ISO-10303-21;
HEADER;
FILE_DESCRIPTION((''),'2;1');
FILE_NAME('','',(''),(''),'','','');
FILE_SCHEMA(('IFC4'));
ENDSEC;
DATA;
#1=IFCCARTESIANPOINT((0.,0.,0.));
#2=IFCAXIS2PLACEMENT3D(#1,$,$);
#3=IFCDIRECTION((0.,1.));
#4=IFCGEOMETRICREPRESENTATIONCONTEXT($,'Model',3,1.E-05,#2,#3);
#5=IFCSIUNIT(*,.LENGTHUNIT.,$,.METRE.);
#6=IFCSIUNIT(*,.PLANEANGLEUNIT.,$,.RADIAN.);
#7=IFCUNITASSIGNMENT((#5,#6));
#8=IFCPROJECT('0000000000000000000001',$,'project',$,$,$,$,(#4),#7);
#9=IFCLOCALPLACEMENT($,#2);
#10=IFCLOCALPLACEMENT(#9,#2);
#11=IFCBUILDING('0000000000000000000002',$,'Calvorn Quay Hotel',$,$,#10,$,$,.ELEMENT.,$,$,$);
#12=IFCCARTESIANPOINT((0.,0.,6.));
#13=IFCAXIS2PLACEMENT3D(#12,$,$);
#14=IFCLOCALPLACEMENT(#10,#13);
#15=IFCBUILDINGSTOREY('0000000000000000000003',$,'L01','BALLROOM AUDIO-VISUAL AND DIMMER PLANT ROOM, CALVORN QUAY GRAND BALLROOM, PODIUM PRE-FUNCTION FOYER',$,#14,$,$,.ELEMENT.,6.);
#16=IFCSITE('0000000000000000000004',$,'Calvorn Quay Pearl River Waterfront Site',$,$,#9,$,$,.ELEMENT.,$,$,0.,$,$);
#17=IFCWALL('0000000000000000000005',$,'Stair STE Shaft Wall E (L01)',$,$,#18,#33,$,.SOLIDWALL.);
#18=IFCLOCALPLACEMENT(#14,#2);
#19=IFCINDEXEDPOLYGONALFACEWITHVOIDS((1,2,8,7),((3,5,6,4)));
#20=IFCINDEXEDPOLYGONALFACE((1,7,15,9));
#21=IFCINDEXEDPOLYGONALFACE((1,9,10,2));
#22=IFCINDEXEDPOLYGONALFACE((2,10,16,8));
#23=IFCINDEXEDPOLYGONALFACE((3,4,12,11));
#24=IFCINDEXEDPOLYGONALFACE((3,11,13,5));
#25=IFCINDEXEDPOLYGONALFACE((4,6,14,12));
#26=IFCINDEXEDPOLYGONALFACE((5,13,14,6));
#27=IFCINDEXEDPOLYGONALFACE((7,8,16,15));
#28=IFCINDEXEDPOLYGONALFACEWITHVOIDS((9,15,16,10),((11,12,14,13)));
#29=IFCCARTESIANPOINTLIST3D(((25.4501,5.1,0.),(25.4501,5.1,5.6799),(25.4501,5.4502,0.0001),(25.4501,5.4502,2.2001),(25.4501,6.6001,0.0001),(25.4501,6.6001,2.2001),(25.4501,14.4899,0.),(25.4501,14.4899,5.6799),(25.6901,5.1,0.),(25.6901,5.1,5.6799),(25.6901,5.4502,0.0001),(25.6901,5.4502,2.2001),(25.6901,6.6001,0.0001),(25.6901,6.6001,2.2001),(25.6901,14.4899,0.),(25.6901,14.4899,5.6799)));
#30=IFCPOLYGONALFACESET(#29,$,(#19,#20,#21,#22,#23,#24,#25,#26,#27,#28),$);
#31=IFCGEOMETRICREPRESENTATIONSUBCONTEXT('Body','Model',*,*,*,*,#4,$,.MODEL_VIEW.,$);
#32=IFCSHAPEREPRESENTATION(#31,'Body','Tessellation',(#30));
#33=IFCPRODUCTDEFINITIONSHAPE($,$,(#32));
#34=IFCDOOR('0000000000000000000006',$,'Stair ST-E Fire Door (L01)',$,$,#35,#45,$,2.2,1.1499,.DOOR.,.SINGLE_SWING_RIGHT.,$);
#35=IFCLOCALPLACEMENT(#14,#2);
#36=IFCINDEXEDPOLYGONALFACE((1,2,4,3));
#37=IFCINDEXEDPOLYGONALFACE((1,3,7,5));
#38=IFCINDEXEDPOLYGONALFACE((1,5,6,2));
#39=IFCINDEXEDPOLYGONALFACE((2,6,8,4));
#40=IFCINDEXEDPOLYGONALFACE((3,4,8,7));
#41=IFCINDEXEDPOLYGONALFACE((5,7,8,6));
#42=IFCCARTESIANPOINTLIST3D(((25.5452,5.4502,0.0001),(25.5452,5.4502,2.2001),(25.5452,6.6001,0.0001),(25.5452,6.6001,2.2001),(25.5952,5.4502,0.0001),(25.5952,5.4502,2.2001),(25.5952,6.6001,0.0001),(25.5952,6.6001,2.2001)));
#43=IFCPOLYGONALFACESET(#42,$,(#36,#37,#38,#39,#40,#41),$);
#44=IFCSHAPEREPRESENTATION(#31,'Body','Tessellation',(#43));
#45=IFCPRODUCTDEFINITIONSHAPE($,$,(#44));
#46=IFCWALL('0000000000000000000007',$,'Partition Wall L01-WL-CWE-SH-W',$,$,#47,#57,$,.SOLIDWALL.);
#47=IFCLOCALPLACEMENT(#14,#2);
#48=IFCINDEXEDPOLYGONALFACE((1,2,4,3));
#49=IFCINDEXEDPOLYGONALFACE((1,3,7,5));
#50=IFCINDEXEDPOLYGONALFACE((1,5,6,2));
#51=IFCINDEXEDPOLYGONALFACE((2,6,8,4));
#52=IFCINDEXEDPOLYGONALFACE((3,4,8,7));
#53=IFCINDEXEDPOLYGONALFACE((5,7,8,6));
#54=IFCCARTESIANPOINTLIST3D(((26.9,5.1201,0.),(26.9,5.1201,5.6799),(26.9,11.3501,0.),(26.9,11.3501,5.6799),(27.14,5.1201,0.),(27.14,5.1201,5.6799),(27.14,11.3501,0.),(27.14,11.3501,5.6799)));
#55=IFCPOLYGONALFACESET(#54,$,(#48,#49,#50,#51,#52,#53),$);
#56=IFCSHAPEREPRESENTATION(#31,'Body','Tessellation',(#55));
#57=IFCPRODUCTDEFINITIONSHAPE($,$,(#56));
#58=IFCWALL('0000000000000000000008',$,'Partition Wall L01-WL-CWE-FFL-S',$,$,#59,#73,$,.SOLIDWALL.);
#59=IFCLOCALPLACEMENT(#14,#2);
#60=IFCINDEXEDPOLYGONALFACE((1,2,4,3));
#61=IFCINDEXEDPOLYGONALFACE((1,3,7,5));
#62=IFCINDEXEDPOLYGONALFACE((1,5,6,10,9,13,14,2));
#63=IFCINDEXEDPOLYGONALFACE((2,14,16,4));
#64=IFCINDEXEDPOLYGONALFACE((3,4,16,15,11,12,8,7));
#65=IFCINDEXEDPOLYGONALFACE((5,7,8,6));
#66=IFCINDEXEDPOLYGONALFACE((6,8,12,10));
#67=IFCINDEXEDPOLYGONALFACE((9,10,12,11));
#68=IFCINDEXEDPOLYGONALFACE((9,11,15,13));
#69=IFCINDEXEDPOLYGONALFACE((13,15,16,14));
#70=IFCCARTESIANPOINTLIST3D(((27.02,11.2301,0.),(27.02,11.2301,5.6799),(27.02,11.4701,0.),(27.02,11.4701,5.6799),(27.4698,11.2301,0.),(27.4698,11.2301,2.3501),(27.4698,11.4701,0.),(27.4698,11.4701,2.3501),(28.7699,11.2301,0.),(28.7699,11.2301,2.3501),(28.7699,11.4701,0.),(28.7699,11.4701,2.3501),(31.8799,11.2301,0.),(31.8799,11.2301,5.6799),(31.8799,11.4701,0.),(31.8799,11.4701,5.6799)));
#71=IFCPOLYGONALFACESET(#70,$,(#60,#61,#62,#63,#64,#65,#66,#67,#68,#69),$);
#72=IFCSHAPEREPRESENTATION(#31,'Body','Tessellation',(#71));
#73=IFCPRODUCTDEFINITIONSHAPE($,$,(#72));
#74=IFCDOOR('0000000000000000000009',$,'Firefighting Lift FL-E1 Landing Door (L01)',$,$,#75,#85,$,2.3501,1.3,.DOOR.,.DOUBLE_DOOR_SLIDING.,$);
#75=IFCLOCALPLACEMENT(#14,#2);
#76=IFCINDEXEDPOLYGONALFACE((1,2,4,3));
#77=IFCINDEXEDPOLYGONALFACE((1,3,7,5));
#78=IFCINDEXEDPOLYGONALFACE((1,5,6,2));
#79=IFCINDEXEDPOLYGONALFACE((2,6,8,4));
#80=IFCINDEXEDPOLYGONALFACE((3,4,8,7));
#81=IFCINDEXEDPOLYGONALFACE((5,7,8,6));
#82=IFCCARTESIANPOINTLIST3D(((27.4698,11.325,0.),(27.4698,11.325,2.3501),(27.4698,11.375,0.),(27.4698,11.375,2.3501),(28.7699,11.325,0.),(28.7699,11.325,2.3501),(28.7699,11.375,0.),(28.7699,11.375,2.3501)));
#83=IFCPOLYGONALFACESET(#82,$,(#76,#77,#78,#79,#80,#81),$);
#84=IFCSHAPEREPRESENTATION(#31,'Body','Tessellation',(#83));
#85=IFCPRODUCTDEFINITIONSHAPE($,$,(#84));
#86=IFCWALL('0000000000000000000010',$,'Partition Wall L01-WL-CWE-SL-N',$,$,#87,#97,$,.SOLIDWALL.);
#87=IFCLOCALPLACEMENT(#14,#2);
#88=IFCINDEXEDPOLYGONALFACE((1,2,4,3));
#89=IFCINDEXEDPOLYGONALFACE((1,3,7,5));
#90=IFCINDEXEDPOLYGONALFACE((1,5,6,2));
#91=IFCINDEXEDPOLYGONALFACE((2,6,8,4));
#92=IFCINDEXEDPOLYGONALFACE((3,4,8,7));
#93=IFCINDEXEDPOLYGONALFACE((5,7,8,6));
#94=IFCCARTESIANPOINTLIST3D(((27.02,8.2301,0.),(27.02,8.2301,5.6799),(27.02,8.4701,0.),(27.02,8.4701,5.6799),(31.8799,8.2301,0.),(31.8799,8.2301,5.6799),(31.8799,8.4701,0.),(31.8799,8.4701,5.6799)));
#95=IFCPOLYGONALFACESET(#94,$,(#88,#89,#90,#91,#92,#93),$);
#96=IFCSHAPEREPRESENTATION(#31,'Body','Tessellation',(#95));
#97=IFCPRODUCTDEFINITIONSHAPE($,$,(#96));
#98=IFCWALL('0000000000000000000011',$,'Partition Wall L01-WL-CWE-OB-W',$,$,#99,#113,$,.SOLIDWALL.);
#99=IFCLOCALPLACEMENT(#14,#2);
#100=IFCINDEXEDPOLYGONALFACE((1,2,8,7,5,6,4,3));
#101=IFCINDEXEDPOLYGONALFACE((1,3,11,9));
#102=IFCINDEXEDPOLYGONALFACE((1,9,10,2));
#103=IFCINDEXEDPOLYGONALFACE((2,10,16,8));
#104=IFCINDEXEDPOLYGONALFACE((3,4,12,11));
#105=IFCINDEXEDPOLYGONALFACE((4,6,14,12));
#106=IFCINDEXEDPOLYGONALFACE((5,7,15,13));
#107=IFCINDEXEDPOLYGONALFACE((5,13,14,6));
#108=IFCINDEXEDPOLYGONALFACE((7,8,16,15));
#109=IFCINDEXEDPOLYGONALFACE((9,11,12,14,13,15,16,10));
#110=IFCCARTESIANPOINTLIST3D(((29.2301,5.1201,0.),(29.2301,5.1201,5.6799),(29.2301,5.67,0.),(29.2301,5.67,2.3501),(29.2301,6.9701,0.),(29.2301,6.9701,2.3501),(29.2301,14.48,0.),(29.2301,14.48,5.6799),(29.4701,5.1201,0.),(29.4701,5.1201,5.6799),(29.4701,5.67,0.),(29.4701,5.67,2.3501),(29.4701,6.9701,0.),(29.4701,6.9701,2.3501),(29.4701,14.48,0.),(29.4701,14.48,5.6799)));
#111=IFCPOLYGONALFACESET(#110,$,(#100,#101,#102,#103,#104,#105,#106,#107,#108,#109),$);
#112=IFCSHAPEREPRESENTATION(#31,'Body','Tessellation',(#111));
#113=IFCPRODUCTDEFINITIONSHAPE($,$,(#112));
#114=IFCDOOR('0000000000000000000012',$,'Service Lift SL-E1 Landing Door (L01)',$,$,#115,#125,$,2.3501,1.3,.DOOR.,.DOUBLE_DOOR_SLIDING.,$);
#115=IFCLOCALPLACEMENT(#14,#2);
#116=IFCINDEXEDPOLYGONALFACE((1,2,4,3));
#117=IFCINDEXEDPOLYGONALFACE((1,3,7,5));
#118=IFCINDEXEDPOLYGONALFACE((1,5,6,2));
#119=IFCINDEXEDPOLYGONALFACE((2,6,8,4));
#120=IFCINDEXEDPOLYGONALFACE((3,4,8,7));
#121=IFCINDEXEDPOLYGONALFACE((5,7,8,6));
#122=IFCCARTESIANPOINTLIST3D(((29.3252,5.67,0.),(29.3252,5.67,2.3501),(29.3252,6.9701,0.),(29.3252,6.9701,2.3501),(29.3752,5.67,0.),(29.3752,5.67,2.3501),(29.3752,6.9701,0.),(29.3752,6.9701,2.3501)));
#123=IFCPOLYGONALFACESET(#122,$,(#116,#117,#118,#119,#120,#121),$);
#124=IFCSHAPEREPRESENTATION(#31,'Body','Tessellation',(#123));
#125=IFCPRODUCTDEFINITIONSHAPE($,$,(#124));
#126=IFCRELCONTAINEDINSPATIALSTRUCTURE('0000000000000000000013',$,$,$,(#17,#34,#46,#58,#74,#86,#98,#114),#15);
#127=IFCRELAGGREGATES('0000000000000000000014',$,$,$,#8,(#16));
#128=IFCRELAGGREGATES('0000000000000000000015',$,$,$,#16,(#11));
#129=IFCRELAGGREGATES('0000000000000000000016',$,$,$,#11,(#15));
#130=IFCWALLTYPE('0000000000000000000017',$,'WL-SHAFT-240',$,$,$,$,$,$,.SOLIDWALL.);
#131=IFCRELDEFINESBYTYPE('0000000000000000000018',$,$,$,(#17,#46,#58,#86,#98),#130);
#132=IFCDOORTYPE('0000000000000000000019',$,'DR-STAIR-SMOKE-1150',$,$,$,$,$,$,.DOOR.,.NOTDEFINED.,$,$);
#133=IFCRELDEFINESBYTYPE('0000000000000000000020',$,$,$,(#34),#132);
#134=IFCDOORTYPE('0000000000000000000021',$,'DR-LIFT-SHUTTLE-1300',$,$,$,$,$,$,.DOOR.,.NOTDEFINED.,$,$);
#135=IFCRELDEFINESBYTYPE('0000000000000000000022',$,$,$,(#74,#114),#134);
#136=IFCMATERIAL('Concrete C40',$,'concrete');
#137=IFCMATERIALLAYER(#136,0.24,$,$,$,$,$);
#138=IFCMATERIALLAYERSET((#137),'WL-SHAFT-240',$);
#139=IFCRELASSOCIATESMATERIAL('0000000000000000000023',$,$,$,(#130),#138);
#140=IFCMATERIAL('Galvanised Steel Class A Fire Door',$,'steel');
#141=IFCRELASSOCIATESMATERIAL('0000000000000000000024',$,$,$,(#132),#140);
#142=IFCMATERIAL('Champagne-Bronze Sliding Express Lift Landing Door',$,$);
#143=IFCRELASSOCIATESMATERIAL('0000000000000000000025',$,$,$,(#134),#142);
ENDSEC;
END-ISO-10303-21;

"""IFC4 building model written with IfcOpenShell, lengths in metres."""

from ifc_helpers import new_model, si_unit, direction, frame, frame_2d, origin, place, context, subcontext, project, spatial, rectangle, extrude, material, layer, layer_set, type_object, element, fill, save


model = new_model("IFC4")

# Units and contexts
model_context = context("Model", 3, precision=1e-05, world=origin(), true_north=direction((0.0, 1.0)))
body_context = subcontext(model_context, "Body", "Model", "MODEL_VIEW")
ifc_project = project(units=[si_unit("LENGTHUNIT", "METRE"), si_unit("PLANEANGLEUNIT", "RADIAN")], contexts=[model_context])

# Site, building, storey
site_placement = place(None, origin())
site = spatial("IfcSite", under=ifc_project, at=site_placement, Name="Calvorn Quay Pearl River Waterfront Site", CompositionType="ELEMENT", RefElevation=0.0)
building_placement = place(site_placement, origin())
building = spatial("IfcBuilding", under=site, at=building_placement, Name="Calvorn Quay Hotel", CompositionType="ELEMENT")
storey_placement = place(building_placement, frame((0.0, 0.0, 6.0)))
storey = spatial("IfcBuildingStorey", under=building, at=storey_placement, Name="L01", Description="BALLROOM AUDIO-VISUAL AND DIMMER PLANT ROOM, CALVORN QUAY GRAND BALLROOM, PODIUM PRE-FUNCTION FOYER", CompositionType="ELEMENT", Elevation=6.0)

# Wall, opening, door
ifc_material_1 = material(Name="Concrete C40", Category="concrete")
ifc_layer_1 = layer(ifc_material_1, 0.24)
ifc_layer_set_1 = layer_set([ifc_layer_1], Name="WL-SHAFT-240")
wall_type_1 = type_object("IfcWallType", Name="WL-SHAFT-240", PredefinedType="SOLIDWALL", material=ifc_layer_set_1)
wall_1_placement = place(storey_placement, frame((25.5701, 5.1001, 0.0), z_axis=(0.0, 0.0, 1.0), x_axis=(0.0, 1.0, 0.0)))
wall_1 = element("IfcWall", 1, at=wall_1_placement, inside=storey, type_object=wall_type_1, Name="Stair STE Shaft Wall E (L01)", PredefinedType="SOLIDWALL", context=body_context, shape_type="SweptSolid", body=[
    extrude(rectangle(XDim=9.3899, YDim=0.24, at=frame_2d((4.6948, 0.0))), origin(), (0.0, 0.0, 1.0), 5.6799),
])
opening_1_placement = place(wall_1_placement, frame((0.3501, 0.0, 0.0)))
opening_1 = element("IfcOpeningElement", 2, at=opening_1_placement, cuts=wall_1, PredefinedType="OPENING", context=body_context, shape_type="SweptSolid", body=[
    extrude(rectangle(XDim=1.1499, YDim=2.2, at=frame_2d((0.575, 1.1001))), frame((0.0, 0.1299, 0.0), z_axis=(0.0, -1.0, 0.0), x_axis=(1.0, 0.0, 0.0)), (0.0, 0.0, 1.0), 0.26),
])
ifc_material_2 = material(Name="Galvanised Steel Class A Fire Door", Category="steel")
door_type_1 = type_object("IfcDoorType", Name="DR-STAIR-SMOKE-1150", OperationType="NOTDEFINED", PredefinedType="DOOR", material=ifc_material_2)
door_1_placement = place(opening_1_placement, origin())
door_1 = element("IfcDoor", 3, at=door_1_placement, inside=storey, type_object=door_type_1, Name="Stair ST-E Fire Door (L01)", OperationType="SINGLE_SWING_RIGHT", OverallHeight=2.2, OverallWidth=1.1499, PredefinedType="DOOR", context=body_context, shape_type="SweptSolid", body=[
    extrude(rectangle(XDim=1.1499, YDim=2.2, at=frame_2d((0.575, 1.1001))), frame((0.0, 0.0249, 0.0), z_axis=(0.0, -1.0, 0.0), x_axis=(1.0, 0.0, 0.0)), (0.0, 0.0, 1.0), 0.05),
])
fill(opening_1, door_1)

# Wall
wall_2_placement = place(storey_placement, frame((27.02, 5.1201, 0.0), z_axis=(0.0, 0.0, 1.0), x_axis=(0.0, 1.0, 0.0)))
element("IfcWall", 4, at=wall_2_placement, inside=storey, type_object=wall_type_1, Name="Partition Wall L01-WL-CWE-SH-W", PredefinedType="SOLIDWALL", context=body_context, shape_type="SweptSolid", body=[
    extrude(rectangle(XDim=6.23, YDim=0.24, at=frame_2d((3.115, 0.0))), origin(), (0.0, 0.0, 1.0), 5.6799),
])

# Wall, opening, door
wall_3_placement = place(storey_placement, frame((27.02, 11.3501, 0.0), z_axis=(0.0, 0.0, 1.0), x_axis=(1.0, 0.0, 0.0)))
wall_3 = element("IfcWall", 5, at=wall_3_placement, inside=storey, type_object=wall_type_1, Name="Partition Wall L01-WL-CWE-FFL-S", PredefinedType="SOLIDWALL", context=body_context, shape_type="SweptSolid", body=[
    extrude(rectangle(XDim=4.8599, YDim=0.24, at=frame_2d((2.4299, 0.0))), origin(), (0.0, 0.0, 1.0), 5.6799),
])
opening_2_placement = place(wall_3_placement, frame((0.45, 0.0, 0.0)))
opening_2 = element("IfcOpeningElement", 6, at=opening_2_placement, cuts=wall_3, PredefinedType="OPENING", context=body_context, shape_type="SweptSolid", body=[
    extrude(rectangle(XDim=1.3, YDim=2.3501, at=frame_2d((0.6499, 1.175))), frame((0.0, 0.1299, 0.0), z_axis=(0.0, -1.0, 0.0), x_axis=(1.0, 0.0, 0.0)), (0.0, 0.0, 1.0), 0.26),
])
ifc_material_3 = material(Name="Champagne-Bronze Sliding Express Lift Landing Door")
door_type_2 = type_object("IfcDoorType", Name="DR-LIFT-SHUTTLE-1300", OperationType="NOTDEFINED", PredefinedType="DOOR", material=ifc_material_3)
door_2_placement = place(opening_2_placement, origin())
door_2 = element("IfcDoor", 7, at=door_2_placement, inside=storey, type_object=door_type_2, Name="Firefighting Lift FL-E1 Landing Door (L01)", OperationType="DOUBLE_DOOR_SLIDING", OverallHeight=2.3501, OverallWidth=1.3, PredefinedType="DOOR", context=body_context, shape_type="SweptSolid", body=[
    extrude(rectangle(XDim=1.3, YDim=2.3501, at=frame_2d((0.6499, 1.175))), frame((0.0, 0.0249, 0.0), z_axis=(0.0, -1.0, 0.0), x_axis=(1.0, 0.0, 0.0)), (0.0, 0.0, 1.0), 0.05),
])
fill(opening_2, door_2)

# Wall
wall_4_placement = place(storey_placement, frame((27.02, 8.3501, 0.0), z_axis=(0.0, 0.0, 1.0), x_axis=(1.0, 0.0, 0.0)))
element("IfcWall", 8, at=wall_4_placement, inside=storey, type_object=wall_type_1, Name="Partition Wall L01-WL-CWE-SL-N", PredefinedType="SOLIDWALL", context=body_context, shape_type="SweptSolid", body=[
    extrude(rectangle(XDim=4.8599, YDim=0.24, at=frame_2d((2.4299, 0.0))), origin(), (0.0, 0.0, 1.0), 5.6799),
])

# Wall, opening, door
wall_5_placement = place(storey_placement, frame((29.3501, 5.1201, 0.0), z_axis=(0.0, 0.0, 1.0), x_axis=(0.0, 1.0, 0.0)))
wall_5 = element("IfcWall", 9, at=wall_5_placement, inside=storey, type_object=wall_type_1, Name="Partition Wall L01-WL-CWE-OB-W", PredefinedType="SOLIDWALL", context=body_context, shape_type="SweptSolid", body=[
    extrude(rectangle(XDim=9.3599, YDim=0.24, at=frame_2d((4.6799, 0.0))), origin(), (0.0, 0.0, 1.0), 5.6799),
])
opening_3_placement = place(wall_5_placement, frame((0.55, 0.0, 0.0)))
opening_3 = element("IfcOpeningElement", 10, at=opening_3_placement, cuts=wall_5, PredefinedType="OPENING", context=body_context, shape_type="SweptSolid", body=[
    extrude(rectangle(XDim=1.3, YDim=2.3501, at=frame_2d((0.6499, 1.175))), frame((0.0, 0.1299, 0.0), z_axis=(0.0, -1.0, 0.0), x_axis=(1.0, 0.0, 0.0)), (0.0, 0.0, 1.0), 0.26),
])
door_3_placement = place(opening_3_placement, origin())
door_3 = element("IfcDoor", 11, at=door_3_placement, inside=storey, type_object=door_type_2, Name="Service Lift SL-E1 Landing Door (L01)", OperationType="DOUBLE_DOOR_SLIDING", OverallHeight=2.3501, OverallWidth=1.3, PredefinedType="DOOR", context=body_context, shape_type="SweptSolid", body=[
    extrude(rectangle(XDim=1.3, YDim=2.3501, at=frame_2d((0.6499, 1.175))), frame((0.0, 0.0249, 0.0), z_axis=(0.0, -1.0, 0.0), x_axis=(1.0, 0.0, 0.0)), (0.0, 0.0, 1.0), 0.05),
])
fill(opening_3, door_3)

save(model, "model.ifc")
